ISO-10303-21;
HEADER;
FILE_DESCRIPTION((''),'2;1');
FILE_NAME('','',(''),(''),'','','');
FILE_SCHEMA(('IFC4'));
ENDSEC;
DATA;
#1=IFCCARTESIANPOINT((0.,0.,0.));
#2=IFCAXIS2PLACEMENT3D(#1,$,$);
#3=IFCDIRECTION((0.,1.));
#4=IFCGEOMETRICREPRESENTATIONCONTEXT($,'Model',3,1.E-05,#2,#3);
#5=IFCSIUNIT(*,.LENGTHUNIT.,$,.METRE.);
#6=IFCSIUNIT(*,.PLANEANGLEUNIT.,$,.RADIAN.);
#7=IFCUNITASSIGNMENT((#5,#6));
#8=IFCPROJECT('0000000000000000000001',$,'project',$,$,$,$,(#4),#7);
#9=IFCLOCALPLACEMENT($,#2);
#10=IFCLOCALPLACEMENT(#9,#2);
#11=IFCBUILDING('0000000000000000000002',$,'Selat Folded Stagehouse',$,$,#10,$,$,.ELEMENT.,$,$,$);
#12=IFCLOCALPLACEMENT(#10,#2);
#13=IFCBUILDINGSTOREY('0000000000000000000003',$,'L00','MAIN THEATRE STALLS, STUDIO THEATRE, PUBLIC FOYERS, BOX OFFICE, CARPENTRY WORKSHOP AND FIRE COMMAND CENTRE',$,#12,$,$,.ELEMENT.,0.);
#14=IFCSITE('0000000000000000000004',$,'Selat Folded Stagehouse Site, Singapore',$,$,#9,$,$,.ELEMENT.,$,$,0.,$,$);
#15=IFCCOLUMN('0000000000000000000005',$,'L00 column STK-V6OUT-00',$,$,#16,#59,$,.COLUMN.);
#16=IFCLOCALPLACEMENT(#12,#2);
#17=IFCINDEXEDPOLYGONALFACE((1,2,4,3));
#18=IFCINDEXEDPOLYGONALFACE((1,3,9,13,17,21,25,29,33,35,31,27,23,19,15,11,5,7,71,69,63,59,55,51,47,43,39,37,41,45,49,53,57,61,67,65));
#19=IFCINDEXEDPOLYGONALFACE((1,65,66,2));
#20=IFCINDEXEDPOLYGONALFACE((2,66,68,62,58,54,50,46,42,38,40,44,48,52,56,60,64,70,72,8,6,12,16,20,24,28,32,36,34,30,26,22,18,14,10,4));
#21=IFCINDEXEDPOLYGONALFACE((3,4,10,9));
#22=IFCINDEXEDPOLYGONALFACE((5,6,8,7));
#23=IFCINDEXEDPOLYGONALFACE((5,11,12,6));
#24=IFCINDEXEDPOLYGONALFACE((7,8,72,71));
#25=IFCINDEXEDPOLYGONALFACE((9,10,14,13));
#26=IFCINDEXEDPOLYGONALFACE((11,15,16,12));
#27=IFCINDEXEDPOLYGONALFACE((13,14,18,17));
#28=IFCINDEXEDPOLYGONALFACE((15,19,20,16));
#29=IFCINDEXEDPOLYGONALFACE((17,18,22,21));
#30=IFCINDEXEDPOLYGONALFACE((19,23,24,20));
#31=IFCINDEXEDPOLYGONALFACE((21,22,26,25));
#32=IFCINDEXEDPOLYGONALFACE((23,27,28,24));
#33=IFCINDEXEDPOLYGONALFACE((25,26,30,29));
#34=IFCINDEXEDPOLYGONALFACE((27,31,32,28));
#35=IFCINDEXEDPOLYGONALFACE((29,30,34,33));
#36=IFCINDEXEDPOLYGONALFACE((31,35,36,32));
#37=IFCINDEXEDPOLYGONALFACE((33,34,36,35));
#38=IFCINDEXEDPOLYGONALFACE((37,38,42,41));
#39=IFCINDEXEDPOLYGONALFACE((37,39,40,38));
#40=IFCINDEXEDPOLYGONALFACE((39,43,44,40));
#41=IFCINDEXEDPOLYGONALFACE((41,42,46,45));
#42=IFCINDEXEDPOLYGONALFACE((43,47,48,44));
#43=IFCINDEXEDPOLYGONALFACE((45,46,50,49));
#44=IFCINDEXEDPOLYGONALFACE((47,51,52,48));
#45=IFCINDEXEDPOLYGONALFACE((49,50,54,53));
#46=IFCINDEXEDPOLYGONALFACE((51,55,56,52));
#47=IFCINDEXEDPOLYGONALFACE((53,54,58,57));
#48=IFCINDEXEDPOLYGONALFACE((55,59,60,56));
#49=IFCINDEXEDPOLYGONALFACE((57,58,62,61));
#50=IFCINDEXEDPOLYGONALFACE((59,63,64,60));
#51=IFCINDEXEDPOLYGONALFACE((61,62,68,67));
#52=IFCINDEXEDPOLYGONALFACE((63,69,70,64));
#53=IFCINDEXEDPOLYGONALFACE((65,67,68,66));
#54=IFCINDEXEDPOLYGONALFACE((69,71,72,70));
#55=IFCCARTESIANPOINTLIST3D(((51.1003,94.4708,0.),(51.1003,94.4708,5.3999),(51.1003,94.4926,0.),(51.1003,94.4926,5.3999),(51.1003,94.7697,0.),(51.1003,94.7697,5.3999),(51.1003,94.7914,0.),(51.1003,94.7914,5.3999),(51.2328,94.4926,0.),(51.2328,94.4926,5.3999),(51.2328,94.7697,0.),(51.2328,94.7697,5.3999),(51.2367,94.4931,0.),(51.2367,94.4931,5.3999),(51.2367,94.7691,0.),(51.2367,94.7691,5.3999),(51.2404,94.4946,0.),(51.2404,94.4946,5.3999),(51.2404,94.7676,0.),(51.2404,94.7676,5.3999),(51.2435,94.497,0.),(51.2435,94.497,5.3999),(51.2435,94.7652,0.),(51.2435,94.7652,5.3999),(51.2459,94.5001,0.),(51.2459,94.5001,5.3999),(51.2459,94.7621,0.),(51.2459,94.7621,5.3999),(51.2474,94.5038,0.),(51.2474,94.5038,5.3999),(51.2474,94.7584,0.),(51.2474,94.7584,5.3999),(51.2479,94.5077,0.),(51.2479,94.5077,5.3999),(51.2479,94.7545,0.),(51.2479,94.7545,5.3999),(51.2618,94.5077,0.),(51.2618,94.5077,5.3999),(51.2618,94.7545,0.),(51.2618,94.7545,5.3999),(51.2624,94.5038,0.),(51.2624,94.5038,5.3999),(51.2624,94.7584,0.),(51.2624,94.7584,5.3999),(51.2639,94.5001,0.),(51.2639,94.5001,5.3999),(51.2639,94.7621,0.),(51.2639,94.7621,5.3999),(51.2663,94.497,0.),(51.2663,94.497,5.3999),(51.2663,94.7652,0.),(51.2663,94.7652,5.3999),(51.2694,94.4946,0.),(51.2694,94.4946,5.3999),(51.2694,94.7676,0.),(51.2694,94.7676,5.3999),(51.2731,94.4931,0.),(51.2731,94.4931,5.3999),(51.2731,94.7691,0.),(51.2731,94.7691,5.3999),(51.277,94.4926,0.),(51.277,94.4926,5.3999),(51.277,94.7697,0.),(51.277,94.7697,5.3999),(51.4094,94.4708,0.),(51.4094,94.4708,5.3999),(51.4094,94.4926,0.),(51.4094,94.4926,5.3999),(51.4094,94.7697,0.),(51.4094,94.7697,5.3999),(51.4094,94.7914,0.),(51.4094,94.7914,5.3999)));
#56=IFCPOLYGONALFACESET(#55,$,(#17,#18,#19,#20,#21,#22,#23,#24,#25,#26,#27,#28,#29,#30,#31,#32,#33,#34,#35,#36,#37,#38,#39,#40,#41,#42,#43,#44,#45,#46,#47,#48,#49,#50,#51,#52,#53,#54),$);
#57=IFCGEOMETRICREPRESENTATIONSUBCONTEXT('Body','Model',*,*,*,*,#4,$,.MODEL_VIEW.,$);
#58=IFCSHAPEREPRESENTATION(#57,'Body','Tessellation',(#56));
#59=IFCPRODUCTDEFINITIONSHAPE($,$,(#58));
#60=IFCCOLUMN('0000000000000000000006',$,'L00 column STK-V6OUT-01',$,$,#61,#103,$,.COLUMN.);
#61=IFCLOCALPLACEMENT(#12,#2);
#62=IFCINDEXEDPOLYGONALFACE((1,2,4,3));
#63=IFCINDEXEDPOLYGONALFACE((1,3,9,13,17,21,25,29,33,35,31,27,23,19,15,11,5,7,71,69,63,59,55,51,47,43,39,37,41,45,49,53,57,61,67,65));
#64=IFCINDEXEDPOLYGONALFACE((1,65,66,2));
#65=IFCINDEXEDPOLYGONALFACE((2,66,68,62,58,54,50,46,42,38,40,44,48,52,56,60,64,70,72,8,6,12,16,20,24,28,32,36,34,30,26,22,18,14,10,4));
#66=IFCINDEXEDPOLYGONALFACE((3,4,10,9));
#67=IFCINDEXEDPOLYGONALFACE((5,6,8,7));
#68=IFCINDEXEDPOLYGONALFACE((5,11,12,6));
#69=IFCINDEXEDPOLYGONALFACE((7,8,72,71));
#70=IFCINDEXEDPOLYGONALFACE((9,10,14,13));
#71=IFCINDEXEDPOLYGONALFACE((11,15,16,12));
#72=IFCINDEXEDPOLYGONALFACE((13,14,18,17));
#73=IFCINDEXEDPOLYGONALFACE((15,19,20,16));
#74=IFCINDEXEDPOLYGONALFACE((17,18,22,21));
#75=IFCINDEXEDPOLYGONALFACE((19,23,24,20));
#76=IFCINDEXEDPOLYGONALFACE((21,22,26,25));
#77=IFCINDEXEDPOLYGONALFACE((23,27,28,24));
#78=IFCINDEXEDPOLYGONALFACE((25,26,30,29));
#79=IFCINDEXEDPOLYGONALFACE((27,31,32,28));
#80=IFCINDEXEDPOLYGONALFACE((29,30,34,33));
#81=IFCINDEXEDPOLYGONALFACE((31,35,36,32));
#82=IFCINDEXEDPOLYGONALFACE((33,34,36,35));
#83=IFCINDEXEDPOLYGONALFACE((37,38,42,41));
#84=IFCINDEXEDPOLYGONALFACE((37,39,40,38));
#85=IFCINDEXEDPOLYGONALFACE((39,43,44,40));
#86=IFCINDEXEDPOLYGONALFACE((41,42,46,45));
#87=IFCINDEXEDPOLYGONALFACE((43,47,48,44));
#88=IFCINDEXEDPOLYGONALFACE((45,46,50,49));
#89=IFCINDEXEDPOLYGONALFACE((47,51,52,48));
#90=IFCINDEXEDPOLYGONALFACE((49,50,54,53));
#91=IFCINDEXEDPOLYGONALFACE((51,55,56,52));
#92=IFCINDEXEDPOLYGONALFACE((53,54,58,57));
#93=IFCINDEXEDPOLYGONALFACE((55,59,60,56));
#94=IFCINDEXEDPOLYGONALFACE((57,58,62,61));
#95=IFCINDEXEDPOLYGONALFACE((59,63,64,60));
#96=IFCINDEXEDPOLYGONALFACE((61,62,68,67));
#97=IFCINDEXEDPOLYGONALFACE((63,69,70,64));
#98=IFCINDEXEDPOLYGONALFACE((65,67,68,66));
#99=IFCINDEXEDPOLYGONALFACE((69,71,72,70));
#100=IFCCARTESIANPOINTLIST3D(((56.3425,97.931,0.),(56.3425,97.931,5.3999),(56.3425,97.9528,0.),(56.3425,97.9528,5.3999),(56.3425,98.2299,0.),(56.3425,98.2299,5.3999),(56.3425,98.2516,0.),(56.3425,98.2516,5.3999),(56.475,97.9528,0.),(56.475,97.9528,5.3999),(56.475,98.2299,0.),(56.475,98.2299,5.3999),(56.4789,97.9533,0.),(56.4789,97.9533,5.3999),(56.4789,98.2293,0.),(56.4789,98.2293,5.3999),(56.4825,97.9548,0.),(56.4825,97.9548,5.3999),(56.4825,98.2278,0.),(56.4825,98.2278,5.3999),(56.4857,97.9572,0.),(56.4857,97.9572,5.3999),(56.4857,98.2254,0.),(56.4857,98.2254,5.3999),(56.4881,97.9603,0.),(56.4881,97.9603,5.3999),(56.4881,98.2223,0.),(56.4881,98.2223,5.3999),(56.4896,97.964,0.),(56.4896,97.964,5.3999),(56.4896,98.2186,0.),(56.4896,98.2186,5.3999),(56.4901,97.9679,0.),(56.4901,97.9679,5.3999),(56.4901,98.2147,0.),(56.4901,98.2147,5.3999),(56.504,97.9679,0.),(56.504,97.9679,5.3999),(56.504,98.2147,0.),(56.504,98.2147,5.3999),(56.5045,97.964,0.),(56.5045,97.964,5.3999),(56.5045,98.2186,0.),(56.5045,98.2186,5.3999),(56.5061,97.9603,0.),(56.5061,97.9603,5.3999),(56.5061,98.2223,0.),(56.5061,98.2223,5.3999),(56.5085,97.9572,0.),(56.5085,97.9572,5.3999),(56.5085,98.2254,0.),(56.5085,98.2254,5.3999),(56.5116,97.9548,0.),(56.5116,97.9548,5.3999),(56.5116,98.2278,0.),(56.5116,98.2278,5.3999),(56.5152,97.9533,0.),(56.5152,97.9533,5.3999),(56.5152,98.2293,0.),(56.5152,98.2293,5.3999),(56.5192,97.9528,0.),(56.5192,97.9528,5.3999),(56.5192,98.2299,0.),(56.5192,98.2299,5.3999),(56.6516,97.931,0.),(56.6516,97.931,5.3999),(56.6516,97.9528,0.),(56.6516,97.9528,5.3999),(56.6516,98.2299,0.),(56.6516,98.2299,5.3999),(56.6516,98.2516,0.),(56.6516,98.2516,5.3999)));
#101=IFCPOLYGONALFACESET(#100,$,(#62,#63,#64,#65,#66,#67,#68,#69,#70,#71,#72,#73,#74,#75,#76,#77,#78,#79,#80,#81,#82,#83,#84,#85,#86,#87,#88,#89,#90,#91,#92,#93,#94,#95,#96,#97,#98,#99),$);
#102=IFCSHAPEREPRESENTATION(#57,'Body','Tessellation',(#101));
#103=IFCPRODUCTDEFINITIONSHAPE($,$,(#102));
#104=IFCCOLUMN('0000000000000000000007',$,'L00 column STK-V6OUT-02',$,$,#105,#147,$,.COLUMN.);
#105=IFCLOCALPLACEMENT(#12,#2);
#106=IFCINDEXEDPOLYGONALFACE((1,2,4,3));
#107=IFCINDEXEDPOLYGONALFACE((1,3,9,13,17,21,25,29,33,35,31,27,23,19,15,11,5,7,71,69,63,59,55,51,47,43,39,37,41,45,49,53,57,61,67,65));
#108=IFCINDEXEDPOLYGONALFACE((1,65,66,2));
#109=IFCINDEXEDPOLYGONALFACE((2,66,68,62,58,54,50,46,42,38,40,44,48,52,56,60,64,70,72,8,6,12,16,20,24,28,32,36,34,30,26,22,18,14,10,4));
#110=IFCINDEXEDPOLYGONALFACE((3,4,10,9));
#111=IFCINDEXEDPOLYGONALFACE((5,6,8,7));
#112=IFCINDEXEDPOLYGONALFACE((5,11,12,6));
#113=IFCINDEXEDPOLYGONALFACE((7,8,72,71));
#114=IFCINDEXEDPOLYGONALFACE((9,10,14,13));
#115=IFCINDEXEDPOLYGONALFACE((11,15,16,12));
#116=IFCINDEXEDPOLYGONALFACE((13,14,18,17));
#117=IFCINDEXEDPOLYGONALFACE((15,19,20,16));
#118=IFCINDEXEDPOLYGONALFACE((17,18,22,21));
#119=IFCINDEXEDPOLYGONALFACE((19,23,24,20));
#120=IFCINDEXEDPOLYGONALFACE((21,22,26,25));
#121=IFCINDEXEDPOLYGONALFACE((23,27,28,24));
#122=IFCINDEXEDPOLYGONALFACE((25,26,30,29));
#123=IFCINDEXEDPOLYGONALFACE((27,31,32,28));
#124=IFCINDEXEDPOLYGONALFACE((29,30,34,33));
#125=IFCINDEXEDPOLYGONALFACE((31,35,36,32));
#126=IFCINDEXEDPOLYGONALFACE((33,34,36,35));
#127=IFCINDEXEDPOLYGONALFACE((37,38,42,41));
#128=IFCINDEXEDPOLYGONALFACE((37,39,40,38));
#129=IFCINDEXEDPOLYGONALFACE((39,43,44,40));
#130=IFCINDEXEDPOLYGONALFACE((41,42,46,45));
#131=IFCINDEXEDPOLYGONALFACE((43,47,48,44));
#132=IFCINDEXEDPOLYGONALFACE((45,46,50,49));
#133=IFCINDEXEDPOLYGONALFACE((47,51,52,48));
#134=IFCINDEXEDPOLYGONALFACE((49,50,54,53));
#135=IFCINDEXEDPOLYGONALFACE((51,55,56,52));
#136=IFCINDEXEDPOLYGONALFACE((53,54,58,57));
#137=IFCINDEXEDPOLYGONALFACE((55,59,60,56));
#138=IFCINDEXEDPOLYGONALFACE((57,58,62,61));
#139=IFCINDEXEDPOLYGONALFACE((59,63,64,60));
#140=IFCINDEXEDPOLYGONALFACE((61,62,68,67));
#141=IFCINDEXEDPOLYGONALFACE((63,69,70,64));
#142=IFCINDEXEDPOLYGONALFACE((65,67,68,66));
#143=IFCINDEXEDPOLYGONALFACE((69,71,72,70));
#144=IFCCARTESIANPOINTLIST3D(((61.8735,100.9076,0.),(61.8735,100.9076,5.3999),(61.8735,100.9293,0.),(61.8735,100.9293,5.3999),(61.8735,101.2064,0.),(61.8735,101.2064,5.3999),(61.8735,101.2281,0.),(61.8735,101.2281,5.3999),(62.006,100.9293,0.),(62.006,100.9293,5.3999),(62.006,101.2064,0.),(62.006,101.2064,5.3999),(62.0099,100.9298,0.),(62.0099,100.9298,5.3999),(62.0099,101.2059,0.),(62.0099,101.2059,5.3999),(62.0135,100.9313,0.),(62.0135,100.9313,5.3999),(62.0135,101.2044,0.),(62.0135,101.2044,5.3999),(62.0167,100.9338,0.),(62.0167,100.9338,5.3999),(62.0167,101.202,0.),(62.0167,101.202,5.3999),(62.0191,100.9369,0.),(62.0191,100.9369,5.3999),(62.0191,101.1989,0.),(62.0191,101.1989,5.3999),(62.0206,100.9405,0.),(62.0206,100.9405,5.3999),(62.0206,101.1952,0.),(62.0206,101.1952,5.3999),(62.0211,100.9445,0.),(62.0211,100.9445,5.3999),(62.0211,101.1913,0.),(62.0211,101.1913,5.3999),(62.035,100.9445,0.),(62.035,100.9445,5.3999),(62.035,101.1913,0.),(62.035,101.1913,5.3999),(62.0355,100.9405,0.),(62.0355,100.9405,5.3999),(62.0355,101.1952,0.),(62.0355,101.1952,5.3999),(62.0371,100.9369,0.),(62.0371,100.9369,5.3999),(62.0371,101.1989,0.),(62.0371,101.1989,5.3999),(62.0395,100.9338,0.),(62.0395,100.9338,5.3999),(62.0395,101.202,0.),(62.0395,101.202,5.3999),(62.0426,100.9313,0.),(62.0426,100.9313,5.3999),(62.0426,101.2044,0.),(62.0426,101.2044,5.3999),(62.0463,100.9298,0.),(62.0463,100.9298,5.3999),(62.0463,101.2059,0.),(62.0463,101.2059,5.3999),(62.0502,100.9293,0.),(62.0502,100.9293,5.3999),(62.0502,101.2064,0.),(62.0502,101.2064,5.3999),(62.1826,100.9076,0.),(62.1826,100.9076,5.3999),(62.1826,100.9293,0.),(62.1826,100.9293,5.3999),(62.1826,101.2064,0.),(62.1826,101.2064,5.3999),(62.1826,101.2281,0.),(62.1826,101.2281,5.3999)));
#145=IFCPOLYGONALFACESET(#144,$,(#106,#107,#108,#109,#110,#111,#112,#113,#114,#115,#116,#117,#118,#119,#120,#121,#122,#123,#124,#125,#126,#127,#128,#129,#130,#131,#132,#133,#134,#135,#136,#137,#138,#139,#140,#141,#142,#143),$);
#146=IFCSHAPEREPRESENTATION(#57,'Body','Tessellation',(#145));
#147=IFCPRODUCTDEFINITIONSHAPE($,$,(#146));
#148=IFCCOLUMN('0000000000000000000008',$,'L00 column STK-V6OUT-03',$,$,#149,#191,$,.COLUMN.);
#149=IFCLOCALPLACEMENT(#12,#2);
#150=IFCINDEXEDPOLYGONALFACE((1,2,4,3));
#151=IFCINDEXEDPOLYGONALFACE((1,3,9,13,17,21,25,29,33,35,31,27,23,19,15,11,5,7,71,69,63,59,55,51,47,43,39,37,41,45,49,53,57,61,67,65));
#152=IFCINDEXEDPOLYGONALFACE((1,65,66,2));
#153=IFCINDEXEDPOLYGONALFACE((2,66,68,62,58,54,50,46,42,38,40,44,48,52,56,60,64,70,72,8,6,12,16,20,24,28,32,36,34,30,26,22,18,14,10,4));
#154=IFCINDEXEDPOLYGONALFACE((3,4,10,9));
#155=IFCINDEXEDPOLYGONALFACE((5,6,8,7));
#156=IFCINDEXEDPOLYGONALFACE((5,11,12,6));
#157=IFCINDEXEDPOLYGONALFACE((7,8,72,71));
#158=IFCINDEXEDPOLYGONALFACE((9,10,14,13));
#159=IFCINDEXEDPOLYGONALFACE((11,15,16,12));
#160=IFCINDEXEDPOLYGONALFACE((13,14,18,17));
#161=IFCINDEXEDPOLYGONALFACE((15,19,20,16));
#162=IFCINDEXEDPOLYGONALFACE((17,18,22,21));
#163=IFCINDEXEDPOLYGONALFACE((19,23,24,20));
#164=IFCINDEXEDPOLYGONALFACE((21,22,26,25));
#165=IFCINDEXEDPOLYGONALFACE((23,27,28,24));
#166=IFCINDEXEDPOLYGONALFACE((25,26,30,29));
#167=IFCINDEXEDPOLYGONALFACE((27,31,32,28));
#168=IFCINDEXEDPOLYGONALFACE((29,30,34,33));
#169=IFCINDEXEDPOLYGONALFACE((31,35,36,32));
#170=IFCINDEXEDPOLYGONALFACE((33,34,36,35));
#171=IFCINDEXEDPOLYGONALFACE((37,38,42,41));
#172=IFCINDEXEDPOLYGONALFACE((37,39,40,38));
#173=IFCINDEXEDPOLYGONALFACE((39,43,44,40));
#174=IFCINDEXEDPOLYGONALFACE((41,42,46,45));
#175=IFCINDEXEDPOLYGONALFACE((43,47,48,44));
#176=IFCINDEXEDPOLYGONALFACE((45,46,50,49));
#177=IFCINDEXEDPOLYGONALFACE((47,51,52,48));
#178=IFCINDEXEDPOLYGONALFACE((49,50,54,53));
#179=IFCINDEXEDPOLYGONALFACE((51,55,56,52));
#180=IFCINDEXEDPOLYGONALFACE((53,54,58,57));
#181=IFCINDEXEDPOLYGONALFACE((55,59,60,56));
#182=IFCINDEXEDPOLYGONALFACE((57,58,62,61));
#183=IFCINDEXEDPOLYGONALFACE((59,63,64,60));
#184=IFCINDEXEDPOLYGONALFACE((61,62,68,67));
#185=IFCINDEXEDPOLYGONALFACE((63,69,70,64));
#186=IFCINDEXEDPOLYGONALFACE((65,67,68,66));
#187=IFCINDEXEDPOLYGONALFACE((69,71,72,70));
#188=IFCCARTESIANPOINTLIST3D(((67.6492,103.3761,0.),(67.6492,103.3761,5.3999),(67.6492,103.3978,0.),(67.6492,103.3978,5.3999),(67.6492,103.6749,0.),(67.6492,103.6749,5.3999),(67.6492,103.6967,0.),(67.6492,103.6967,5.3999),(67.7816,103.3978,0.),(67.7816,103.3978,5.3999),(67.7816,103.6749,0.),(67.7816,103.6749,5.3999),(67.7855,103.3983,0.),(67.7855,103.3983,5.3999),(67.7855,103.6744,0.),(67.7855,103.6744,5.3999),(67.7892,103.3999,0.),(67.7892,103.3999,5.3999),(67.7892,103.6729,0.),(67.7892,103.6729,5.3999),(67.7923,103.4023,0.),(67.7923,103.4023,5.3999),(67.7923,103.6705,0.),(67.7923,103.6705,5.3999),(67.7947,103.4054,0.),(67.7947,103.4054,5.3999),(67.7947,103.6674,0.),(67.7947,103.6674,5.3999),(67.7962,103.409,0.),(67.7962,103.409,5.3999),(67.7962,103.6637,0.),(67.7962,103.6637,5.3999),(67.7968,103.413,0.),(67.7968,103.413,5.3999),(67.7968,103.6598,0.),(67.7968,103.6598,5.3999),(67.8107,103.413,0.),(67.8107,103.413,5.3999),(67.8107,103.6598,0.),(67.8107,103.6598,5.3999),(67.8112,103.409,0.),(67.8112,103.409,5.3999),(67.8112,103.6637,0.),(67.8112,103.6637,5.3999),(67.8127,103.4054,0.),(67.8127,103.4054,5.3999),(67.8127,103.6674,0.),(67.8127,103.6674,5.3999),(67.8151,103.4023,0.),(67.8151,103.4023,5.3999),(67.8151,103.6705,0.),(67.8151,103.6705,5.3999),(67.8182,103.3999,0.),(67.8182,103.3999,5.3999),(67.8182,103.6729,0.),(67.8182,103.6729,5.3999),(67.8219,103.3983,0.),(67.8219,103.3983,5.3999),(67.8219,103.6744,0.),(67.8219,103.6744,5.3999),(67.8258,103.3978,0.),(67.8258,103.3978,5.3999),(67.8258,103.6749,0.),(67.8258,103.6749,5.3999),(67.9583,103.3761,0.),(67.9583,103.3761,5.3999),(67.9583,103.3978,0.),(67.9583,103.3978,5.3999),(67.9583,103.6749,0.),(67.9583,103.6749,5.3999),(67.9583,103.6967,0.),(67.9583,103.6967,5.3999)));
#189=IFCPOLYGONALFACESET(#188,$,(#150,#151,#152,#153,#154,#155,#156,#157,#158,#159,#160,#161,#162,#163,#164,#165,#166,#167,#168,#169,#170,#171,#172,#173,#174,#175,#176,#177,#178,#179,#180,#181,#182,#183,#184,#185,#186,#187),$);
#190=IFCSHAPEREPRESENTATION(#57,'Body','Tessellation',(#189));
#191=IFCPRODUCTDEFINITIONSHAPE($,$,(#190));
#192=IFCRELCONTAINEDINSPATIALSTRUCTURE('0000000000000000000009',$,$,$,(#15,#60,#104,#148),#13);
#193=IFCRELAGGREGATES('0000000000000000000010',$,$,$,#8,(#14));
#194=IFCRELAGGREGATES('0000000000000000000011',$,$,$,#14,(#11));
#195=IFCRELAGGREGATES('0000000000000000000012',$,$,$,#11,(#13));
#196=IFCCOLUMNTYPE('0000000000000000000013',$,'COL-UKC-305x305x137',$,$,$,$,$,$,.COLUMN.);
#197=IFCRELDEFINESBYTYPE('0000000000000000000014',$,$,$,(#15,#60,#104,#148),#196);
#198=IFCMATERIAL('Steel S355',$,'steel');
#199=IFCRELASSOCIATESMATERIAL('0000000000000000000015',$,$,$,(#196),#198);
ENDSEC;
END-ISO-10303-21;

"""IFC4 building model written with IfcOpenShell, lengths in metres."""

from ifc_helpers import new_model, si_unit, direction, frame, origin, origin_2d, place, context, subcontext, project, spatial, i_section, extrude, material, material_profile, profile_set, type_object, element, save


model = new_model("IFC4")

# Units and contexts
model_context = context("Model", 3, precision=1e-05, world=origin(), true_north=direction((0.0, 1.0)))
body_context = subcontext(model_context, "Body", "Model", "MODEL_VIEW")
ifc_project = project(units=[si_unit("LENGTHUNIT", "METRE"), si_unit("PLANEANGLEUNIT", "RADIAN")], contexts=[model_context])

# Site, building, storey
site_placement = place(None, origin())
site = spatial("IfcSite", under=ifc_project, at=site_placement, Name="Selat Folded Stagehouse Site, Singapore", CompositionType="ELEMENT", RefElevation=0.0)
building_placement = place(site_placement, origin())
building = spatial("IfcBuilding", under=site, at=building_placement, Name="Selat Folded Stagehouse", CompositionType="ELEMENT")
storey_placement = place(building_placement, origin())
storey = spatial("IfcBuildingStorey", under=building, at=storey_placement, Name="L00", Description="MAIN THEATRE STALLS, STUDIO THEATRE, PUBLIC FOYERS, BOX OFFICE, CARPENTRY WORKSHOP AND FIRE COMMAND CENTRE", CompositionType="ELEMENT", Elevation=0.0)

# Columns
ifc_material_1 = material(Name="Steel S355", Category="steel")
ifc_material_profile_1 = material_profile(ifc_material_1, i_section(OverallWidth=0.3091, OverallDepth=0.3206, WebThickness=0.0139, FlangeThickness=0.0217, FilletRadius=0.0151, at=origin_2d()), Name="UKC 305x305x137")
ifc_profile_set_1 = profile_set([ifc_material_profile_1], Name="Steel S355")
column_type = type_object("IfcColumnType", Name="COL-UKC-305x305x137", PredefinedType="COLUMN", material=ifc_profile_set_1)
for number, where, z_axis, x_axis, name in (
    (1, (51.2549, 94.6311, 0.0), (0.0, 0.0, 1.0), (1.0, 0.0, 0.0), "L00 column STK-V6OUT-00"),
    (2, (56.4971, 98.0913, 0.0), (0.0, 0.0, 1.0), (1.0, 0.0, 0.0), "L00 column STK-V6OUT-01"),
    (3, (62.0281, 101.0679, 0.0), (0.0, 0.0, 1.0), (1.0, 0.0, 0.0), "L00 column STK-V6OUT-02"),
    (4, (67.8037, 103.5364, 0.0), (0.0, 0.0, 1.0), (1.0, 0.0, 0.0), "L00 column STK-V6OUT-03"),
):
    element("IfcColumn", number, at=place(storey_placement, frame(where, z_axis=z_axis, x_axis=x_axis)), inside=storey, type_object=column_type, Name=name, PredefinedType="COLUMN", context=body_context, shape_type="SweptSolid", body=[
        extrude(i_section(OverallWidth=0.3091, OverallDepth=0.3206, WebThickness=0.0139, FlangeThickness=0.0217, FilletRadius=0.0151, at=origin_2d()), origin(), (0.0, 0.0, 1.0), 5.3999),
    ])

save(model, "model.ifc")
